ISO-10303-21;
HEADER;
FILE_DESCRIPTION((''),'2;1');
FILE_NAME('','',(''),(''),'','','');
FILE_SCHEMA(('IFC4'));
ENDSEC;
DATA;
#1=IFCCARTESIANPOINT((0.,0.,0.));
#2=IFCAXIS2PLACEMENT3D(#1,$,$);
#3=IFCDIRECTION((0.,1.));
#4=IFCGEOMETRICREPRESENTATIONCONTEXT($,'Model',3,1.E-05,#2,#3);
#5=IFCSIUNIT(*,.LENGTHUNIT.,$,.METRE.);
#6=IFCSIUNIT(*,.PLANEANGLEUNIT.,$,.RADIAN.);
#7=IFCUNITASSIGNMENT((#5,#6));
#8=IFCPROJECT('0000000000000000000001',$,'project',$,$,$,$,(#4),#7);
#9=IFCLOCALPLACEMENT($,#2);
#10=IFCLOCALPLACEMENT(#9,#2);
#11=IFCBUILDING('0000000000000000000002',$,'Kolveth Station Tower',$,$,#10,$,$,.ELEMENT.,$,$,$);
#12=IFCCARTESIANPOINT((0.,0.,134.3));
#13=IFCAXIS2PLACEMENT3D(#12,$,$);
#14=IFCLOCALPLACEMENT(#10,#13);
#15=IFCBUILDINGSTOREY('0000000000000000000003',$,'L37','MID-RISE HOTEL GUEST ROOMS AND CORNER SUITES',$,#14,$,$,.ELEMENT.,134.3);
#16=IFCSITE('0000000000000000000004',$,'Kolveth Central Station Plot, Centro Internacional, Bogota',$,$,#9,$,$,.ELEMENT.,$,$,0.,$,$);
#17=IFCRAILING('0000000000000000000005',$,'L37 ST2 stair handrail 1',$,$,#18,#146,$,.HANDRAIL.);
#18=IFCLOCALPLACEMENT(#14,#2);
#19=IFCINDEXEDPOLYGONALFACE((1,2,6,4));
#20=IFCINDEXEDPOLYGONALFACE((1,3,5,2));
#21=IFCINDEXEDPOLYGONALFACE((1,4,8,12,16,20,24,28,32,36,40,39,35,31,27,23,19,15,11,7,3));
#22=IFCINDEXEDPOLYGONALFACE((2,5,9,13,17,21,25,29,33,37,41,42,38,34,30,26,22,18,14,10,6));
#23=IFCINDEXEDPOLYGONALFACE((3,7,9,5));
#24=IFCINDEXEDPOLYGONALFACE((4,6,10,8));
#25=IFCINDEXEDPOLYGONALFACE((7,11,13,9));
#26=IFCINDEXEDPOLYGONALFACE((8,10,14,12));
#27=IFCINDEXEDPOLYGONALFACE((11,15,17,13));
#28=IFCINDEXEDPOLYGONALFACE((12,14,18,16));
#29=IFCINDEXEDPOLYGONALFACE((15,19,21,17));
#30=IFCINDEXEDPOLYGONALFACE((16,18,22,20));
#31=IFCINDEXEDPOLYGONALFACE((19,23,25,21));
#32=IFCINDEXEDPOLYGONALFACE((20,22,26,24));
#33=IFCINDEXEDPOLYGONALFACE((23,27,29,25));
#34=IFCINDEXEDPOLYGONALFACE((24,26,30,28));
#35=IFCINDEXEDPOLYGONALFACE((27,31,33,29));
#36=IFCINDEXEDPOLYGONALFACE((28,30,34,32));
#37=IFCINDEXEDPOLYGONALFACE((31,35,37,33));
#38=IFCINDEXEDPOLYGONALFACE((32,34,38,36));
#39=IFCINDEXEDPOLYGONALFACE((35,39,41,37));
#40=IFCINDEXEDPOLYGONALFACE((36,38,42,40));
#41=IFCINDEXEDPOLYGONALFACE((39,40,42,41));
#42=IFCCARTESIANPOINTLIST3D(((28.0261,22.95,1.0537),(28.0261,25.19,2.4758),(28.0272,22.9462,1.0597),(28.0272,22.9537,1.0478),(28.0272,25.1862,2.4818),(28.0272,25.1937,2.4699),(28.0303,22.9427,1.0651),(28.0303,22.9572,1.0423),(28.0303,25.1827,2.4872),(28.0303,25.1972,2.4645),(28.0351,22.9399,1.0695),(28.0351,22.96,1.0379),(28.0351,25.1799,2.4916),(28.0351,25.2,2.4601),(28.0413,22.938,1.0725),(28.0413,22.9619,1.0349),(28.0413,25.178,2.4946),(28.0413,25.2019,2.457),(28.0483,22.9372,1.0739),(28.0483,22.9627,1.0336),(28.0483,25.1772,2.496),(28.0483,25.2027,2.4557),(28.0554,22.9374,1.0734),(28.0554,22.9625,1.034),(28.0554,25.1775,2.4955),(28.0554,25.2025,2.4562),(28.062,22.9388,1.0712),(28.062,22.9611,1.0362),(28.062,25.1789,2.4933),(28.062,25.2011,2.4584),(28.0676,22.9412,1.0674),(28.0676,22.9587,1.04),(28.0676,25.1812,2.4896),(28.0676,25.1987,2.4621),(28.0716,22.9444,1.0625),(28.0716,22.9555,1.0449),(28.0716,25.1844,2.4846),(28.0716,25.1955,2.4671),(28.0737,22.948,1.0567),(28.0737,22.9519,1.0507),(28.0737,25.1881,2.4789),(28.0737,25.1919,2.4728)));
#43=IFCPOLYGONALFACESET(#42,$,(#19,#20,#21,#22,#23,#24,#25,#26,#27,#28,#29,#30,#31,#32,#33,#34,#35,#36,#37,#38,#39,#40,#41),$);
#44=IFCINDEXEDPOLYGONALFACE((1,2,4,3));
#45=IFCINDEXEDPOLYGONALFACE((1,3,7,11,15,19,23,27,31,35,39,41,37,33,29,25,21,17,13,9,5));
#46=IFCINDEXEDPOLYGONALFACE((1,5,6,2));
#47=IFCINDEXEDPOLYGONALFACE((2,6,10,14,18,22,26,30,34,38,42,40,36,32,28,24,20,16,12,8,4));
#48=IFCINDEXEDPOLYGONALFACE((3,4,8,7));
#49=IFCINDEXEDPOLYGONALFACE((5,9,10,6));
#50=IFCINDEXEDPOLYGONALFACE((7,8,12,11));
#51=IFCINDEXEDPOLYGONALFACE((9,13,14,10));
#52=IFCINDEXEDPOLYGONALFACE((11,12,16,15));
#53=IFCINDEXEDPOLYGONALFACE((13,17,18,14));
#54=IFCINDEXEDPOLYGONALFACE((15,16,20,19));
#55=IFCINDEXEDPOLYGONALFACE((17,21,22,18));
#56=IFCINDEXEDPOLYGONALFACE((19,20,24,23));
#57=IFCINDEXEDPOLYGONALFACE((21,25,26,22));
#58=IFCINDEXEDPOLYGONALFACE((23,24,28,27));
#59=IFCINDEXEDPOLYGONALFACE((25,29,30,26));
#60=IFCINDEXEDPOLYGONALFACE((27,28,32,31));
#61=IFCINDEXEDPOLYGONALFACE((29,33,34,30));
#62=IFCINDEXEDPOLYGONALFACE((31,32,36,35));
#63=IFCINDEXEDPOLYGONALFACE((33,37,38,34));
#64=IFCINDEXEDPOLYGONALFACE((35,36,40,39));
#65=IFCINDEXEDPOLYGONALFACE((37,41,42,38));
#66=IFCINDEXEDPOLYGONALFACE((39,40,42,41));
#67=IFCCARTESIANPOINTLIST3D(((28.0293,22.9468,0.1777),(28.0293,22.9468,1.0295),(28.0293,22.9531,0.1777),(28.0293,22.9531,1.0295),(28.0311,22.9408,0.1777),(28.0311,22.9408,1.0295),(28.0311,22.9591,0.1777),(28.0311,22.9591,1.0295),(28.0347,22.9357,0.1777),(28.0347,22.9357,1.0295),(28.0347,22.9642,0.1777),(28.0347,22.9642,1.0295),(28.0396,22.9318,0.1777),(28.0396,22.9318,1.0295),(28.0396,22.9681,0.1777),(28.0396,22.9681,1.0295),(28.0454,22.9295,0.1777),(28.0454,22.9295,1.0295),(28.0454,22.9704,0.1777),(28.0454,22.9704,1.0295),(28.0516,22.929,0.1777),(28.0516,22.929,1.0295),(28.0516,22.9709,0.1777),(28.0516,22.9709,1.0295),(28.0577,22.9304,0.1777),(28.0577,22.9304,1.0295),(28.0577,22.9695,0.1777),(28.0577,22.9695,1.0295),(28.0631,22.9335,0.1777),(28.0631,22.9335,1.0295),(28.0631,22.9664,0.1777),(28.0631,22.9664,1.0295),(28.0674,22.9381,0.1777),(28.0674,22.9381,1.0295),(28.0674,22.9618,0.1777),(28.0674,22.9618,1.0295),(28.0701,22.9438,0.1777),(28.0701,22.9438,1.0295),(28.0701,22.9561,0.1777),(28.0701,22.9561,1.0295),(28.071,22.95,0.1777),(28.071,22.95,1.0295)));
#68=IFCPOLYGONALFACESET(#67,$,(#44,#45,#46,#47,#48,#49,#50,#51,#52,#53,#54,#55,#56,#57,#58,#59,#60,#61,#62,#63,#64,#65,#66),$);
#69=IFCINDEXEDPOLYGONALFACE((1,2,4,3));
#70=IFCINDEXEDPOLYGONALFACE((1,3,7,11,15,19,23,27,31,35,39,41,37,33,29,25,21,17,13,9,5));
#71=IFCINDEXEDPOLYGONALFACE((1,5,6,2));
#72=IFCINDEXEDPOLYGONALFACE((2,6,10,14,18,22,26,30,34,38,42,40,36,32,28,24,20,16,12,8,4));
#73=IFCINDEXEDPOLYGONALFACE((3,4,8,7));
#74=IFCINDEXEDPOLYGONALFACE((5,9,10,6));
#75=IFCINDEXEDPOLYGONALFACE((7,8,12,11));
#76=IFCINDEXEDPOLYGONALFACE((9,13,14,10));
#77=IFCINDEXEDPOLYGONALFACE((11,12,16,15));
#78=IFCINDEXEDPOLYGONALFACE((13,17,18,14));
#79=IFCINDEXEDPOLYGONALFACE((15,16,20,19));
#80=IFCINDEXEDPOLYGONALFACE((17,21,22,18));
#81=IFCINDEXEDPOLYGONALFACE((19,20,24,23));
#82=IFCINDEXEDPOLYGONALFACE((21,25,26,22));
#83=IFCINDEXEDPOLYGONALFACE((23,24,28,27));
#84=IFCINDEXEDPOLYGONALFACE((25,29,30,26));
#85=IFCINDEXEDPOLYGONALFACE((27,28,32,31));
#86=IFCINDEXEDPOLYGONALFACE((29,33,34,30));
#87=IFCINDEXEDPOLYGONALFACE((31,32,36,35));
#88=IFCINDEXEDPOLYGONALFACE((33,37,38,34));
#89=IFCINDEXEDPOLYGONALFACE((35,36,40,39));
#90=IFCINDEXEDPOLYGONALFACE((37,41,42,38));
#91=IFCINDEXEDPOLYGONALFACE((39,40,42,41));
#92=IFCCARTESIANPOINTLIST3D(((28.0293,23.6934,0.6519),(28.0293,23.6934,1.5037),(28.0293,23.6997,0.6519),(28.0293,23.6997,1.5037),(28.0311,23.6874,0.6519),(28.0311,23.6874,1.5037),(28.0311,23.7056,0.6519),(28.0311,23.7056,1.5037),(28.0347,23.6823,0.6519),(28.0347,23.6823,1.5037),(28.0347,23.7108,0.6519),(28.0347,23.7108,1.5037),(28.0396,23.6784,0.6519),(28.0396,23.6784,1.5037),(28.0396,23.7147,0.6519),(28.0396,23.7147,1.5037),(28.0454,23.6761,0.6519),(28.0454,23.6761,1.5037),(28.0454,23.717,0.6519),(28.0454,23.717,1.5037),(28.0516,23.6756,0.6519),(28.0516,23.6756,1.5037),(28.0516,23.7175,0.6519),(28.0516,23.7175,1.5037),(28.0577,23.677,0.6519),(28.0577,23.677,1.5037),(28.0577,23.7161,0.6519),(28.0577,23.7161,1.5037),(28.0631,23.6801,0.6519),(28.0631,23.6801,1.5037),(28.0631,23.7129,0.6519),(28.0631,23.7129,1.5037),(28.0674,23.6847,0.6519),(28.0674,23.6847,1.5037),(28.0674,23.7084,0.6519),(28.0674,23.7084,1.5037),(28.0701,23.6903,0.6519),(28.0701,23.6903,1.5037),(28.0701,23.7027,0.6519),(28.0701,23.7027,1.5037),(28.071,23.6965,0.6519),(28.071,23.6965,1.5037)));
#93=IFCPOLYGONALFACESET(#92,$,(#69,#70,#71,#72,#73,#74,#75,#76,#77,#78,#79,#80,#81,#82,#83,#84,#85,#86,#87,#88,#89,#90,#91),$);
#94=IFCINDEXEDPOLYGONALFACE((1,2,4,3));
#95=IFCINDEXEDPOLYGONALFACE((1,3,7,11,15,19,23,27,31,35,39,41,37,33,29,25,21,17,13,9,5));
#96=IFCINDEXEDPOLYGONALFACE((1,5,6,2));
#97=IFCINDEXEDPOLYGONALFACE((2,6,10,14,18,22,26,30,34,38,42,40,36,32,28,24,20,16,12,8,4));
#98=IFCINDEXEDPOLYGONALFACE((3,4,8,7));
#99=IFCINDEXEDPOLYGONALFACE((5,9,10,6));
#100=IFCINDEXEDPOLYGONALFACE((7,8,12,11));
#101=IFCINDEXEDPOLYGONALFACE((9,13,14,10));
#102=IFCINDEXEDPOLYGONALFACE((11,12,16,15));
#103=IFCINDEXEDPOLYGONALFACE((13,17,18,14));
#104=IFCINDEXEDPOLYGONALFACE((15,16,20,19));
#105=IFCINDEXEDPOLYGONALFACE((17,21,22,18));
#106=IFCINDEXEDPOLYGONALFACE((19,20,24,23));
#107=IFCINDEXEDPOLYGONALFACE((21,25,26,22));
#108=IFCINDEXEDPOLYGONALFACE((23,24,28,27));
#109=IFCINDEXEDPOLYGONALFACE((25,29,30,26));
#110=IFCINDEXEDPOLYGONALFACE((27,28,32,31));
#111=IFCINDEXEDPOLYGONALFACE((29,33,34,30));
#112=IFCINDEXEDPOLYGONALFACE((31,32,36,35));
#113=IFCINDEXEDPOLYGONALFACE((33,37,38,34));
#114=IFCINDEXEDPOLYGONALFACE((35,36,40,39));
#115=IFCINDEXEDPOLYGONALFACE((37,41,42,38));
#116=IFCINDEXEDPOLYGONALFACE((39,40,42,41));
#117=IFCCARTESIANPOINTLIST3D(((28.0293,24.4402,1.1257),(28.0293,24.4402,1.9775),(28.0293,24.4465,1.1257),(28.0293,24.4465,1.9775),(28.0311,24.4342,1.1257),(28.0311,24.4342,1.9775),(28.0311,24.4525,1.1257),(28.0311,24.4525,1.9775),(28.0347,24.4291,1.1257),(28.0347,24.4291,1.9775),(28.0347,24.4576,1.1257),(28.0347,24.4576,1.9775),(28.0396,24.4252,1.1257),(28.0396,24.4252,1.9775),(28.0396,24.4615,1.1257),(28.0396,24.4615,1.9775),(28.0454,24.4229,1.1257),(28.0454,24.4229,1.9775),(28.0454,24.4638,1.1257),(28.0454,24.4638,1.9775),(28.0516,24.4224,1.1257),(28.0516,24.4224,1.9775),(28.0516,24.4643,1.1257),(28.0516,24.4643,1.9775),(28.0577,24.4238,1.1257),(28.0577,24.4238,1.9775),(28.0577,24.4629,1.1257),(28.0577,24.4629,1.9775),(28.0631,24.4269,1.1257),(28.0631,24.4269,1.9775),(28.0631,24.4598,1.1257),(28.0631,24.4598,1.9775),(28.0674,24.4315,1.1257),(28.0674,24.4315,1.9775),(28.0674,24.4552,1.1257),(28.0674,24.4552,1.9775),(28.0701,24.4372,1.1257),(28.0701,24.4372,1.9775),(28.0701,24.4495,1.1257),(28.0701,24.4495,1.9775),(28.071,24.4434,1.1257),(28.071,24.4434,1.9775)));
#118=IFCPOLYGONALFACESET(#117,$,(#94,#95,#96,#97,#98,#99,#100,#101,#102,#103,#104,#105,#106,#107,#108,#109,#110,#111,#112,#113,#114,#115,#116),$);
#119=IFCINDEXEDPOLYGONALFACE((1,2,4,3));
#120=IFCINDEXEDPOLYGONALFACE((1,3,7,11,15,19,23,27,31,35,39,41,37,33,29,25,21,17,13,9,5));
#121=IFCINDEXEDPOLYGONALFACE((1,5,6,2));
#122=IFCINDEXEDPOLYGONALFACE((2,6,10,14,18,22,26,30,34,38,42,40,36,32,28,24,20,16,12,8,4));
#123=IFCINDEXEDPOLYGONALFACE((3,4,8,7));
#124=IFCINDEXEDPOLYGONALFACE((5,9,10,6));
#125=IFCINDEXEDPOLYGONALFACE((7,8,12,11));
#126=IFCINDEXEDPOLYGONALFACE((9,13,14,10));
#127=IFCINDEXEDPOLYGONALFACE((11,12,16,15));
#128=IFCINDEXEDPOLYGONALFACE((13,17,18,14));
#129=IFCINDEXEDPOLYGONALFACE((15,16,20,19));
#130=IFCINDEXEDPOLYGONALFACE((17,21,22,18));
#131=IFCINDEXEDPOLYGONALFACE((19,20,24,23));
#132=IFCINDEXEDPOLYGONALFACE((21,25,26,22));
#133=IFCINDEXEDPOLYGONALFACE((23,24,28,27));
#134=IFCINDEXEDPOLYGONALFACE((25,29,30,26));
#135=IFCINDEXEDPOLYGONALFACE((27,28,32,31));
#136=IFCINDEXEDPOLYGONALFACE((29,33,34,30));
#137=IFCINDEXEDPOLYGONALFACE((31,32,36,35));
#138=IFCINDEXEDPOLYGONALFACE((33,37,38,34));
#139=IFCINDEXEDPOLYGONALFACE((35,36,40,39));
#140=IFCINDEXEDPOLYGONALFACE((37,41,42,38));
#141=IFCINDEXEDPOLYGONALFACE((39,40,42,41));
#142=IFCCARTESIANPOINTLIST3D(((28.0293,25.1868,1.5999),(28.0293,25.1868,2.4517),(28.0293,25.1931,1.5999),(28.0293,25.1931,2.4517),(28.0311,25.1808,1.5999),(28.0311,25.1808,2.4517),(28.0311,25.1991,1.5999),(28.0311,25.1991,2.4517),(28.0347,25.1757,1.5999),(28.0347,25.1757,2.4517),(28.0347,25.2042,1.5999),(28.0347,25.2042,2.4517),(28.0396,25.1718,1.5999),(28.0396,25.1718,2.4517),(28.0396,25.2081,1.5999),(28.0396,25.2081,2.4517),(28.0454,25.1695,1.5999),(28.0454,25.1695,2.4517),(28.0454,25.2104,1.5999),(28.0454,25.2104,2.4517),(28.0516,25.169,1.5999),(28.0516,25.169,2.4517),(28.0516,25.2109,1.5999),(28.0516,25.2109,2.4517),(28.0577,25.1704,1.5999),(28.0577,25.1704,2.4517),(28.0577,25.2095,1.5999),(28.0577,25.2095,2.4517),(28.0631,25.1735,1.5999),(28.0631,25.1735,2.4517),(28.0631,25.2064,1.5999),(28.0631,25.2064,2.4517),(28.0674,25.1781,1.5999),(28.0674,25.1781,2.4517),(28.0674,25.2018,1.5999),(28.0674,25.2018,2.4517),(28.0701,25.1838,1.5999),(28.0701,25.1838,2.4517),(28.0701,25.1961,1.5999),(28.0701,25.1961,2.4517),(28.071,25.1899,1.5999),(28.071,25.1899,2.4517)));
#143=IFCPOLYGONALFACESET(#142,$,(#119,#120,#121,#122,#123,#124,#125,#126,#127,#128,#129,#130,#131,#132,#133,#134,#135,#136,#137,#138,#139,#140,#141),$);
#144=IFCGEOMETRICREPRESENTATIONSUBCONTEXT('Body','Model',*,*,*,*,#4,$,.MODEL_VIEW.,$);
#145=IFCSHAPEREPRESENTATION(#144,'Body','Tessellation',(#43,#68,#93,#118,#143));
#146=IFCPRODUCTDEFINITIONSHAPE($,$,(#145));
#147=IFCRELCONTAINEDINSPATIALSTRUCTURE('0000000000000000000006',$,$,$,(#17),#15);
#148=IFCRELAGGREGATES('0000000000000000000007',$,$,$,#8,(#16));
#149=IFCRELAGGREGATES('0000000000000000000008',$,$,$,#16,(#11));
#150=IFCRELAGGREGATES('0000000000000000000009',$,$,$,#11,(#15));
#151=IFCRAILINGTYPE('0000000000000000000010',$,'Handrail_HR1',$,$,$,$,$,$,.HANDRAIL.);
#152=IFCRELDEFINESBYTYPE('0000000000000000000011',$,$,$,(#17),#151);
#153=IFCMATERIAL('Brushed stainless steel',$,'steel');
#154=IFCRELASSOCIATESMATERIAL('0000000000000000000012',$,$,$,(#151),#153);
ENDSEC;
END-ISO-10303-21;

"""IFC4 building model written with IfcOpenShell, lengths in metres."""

from ifc_helpers import new_model, si_unit, direction, frame, origin, origin_2d, place, context, subcontext, project, spatial, circle, extrude, material, type_object, element, save


model = new_model("IFC4")

# Units and contexts
model_context = context("Model", 3, precision=1e-05, world=origin(), true_north=direction((0.0, 1.0)))
body_context = subcontext(model_context, "Body", "Model", "MODEL_VIEW")
ifc_project = project(units=[si_unit("LENGTHUNIT", "METRE"), si_unit("PLANEANGLEUNIT", "RADIAN")], contexts=[model_context])

# Site, building, storey
site_placement = place(None, origin())
site = spatial("IfcSite", under=ifc_project, at=site_placement, Name="Kolveth Central Station Plot, Centro Internacional, Bogota", CompositionType="ELEMENT", RefElevation=0.0)
building_placement = place(site_placement, origin())
building = spatial("IfcBuilding", under=site, at=building_placement, Name="Kolveth Station Tower", CompositionType="ELEMENT")
storey_placement = place(building_placement, frame((0.0, 0.0, 134.3)))
storey = spatial("IfcBuildingStorey", under=building, at=storey_placement, Name="L37", Description="MID-RISE HOTEL GUEST ROOMS AND CORNER SUITES", CompositionType="ELEMENT", Elevation=134.3)

# Railing
ifc_material_1 = material(Name="Brushed stainless steel", Category="steel")
railing_type_1 = type_object("IfcRailingType", Name="Handrail_HR1", PredefinedType="HANDRAIL", material=ifc_material_1)
railing_1_placement = place(storey_placement, frame((28.05, 22.95, 0.1777)))
element("IfcRailing", 1, at=railing_1_placement, inside=storey, type_object=railing_type_1, Name="L37 ST2 stair handrail 1", PredefinedType="HANDRAIL", context=body_context, shape_type="SweptSolid", body=[
    extrude(circle(Radius=0.0239, at=origin_2d()), frame((0.0, 0.0, 0.876), z_axis=(0.0, 0.844229, 0.535982), x_axis=(-1.0, 0.0, 0.0)), (0.0, 0.0, 1.0), 2.6533),
    extrude(circle(Radius=0.021, at=origin_2d()), origin(), (0.0, 0.0, 1.0), 0.8518),
    extrude(circle(Radius=0.021, at=origin_2d()), frame((0.0, 0.7466, 0.4741)), (0.0, 0.0, 1.0), 0.8518),
    extrude(circle(Radius=0.021, at=origin_2d()), frame((0.0, 1.4934, 0.948)), (0.0, 0.0, 1.0), 0.8518),
    extrude(circle(Radius=0.021, at=origin_2d()), frame((0.0, 2.24, 1.4221)), (0.0, 0.0, 1.0), 0.8518),
])

save(model, "model.ifc")
